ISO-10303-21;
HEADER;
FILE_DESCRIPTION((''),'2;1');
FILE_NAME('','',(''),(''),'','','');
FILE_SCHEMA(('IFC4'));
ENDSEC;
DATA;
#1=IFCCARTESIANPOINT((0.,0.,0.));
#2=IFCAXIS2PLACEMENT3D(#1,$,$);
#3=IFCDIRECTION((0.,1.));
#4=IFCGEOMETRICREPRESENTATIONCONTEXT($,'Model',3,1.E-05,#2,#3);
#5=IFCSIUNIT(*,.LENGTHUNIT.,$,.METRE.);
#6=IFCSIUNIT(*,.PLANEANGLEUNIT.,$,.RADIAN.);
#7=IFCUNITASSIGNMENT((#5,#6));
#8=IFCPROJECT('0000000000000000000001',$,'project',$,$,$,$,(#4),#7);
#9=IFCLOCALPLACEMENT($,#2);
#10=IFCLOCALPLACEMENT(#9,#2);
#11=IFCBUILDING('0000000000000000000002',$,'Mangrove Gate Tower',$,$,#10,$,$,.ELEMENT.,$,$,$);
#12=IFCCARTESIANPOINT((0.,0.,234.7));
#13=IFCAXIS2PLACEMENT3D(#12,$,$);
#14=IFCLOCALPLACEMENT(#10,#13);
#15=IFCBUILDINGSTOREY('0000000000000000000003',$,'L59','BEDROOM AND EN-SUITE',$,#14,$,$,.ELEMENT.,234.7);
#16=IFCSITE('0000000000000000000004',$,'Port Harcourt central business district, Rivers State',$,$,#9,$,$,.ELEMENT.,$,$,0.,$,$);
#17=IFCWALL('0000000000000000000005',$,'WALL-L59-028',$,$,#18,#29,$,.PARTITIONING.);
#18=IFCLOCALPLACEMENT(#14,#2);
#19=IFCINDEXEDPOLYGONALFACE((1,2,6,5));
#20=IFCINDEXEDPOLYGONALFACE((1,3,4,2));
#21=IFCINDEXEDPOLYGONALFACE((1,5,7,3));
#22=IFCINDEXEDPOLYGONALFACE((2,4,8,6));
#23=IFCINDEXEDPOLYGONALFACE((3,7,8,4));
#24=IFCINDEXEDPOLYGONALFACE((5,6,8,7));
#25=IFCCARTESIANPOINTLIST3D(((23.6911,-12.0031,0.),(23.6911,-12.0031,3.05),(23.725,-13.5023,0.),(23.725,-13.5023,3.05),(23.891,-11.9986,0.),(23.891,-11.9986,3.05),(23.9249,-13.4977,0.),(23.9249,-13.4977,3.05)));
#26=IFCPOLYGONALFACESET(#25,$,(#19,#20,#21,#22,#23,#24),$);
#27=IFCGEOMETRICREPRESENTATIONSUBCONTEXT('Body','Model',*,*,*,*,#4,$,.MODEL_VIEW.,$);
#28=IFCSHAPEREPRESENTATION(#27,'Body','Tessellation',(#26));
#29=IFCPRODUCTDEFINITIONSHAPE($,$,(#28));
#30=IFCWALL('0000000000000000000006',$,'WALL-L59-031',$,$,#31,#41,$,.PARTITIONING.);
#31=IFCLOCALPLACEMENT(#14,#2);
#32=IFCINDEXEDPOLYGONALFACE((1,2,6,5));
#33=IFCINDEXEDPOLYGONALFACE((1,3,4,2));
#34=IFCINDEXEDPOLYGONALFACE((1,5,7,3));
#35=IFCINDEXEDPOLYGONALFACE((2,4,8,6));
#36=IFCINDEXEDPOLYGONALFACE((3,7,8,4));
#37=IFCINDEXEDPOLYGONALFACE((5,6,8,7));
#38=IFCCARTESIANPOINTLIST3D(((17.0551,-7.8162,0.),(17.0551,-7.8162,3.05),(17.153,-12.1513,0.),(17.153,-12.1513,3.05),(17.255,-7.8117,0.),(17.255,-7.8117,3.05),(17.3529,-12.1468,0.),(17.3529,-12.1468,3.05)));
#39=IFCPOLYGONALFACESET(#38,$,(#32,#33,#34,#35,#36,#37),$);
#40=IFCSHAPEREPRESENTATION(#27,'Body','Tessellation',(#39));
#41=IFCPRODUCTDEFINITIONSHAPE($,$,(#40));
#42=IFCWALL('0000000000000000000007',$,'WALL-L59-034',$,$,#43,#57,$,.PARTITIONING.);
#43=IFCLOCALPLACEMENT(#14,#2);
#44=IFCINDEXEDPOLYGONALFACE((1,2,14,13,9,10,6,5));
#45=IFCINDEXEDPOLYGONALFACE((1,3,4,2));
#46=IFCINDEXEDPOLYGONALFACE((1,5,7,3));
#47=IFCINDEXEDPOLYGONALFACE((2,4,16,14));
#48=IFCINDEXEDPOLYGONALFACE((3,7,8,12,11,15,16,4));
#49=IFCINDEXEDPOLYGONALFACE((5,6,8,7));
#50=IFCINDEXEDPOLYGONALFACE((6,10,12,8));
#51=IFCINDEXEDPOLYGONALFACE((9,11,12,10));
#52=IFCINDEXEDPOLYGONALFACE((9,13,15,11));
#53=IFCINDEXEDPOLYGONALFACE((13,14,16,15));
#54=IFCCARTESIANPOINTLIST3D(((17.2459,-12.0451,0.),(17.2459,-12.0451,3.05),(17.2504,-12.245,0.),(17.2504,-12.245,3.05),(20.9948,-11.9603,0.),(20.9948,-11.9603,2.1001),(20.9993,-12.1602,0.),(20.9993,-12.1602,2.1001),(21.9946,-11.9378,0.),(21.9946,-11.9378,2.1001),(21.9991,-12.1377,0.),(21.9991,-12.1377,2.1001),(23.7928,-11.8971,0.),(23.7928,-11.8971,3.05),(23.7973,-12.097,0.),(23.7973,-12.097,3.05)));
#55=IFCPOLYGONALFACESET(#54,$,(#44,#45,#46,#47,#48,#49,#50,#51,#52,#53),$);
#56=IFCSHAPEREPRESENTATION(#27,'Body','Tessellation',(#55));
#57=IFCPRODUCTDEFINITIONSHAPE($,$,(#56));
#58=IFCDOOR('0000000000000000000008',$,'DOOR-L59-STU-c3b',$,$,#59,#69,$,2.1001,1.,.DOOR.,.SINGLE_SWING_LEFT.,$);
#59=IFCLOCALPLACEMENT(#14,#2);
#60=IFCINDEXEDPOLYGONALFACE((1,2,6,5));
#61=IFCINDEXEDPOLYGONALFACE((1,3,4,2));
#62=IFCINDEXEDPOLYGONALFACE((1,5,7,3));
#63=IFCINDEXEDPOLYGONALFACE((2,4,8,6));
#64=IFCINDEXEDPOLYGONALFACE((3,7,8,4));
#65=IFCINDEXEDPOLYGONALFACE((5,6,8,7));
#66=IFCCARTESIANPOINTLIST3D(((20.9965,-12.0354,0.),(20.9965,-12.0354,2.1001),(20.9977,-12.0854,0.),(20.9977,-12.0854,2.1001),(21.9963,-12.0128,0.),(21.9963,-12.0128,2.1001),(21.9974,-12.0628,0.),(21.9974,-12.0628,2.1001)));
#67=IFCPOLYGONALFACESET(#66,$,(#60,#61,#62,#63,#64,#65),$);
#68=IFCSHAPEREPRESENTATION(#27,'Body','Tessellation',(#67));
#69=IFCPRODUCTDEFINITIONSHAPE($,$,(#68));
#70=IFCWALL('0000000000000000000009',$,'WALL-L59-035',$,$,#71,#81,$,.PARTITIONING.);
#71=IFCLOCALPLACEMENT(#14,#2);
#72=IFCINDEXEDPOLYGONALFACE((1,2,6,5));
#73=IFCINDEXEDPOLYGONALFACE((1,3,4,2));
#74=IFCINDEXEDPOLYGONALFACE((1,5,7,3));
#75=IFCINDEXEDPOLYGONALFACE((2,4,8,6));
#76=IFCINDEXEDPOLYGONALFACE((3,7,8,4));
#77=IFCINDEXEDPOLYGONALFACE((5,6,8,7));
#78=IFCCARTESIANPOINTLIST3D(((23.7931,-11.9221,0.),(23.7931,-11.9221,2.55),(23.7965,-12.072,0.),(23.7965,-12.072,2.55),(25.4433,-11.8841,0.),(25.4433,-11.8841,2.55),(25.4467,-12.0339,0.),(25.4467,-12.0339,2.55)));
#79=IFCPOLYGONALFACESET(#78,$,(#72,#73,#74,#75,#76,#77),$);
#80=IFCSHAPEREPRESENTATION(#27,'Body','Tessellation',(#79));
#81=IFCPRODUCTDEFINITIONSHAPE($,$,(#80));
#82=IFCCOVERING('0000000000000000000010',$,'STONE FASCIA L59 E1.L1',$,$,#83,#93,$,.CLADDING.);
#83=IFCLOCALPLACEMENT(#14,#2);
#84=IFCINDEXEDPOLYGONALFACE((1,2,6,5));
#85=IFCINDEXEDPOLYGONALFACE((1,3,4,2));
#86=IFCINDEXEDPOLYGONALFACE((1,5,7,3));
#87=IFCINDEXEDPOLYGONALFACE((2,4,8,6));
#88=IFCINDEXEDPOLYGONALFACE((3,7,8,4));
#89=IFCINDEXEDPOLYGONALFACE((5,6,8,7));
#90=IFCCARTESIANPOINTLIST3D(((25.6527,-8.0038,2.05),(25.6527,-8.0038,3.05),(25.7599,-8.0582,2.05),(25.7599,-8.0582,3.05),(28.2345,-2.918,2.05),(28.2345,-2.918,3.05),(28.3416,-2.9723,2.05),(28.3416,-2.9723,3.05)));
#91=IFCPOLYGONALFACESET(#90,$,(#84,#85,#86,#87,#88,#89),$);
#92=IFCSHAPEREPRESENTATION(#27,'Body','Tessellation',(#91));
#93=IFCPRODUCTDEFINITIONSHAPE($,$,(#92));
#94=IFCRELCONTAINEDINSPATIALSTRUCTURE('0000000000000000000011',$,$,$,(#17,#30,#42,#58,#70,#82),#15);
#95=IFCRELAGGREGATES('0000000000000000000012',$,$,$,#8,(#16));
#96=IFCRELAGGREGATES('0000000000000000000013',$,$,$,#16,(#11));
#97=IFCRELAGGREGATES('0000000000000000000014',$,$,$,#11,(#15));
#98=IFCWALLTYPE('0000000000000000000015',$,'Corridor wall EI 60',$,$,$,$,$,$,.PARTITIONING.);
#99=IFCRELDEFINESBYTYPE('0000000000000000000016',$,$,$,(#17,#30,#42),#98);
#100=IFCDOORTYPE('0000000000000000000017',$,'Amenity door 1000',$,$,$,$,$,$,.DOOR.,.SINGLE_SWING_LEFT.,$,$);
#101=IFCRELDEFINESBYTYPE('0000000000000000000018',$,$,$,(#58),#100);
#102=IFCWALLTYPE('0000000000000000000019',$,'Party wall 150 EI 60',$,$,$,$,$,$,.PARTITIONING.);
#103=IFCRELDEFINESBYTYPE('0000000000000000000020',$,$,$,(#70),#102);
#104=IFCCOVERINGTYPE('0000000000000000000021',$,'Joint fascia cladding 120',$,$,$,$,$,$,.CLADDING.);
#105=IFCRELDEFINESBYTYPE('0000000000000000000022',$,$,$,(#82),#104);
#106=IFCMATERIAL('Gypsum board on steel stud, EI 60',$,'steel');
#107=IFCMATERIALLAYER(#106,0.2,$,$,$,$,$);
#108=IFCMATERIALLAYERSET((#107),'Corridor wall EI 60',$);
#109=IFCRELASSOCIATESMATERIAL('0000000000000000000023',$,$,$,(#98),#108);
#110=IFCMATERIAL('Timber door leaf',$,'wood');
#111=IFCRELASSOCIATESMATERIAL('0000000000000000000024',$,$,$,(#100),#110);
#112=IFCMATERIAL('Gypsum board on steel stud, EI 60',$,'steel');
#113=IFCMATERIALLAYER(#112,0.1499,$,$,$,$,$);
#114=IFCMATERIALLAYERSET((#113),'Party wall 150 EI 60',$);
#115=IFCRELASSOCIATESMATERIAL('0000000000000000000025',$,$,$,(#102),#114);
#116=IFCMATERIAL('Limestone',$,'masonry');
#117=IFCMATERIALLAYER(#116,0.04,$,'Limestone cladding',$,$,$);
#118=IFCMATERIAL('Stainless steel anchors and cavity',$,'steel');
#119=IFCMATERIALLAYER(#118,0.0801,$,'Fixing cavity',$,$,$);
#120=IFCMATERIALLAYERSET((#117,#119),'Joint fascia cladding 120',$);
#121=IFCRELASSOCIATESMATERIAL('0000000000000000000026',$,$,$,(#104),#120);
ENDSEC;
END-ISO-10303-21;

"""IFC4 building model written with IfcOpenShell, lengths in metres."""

from ifc_helpers import new_model, si_unit, direction, frame, frame_2d, origin, place, context, subcontext, project, spatial, rectangle, extrude, material, layer, layer_set, type_object, element, fill, save


model = new_model("IFC4")

# Units and contexts
model_context = context("Model", 3, precision=1e-05, world=origin(), true_north=direction((0.0, 1.0)))
body_context = subcontext(model_context, "Body", "Model", "MODEL_VIEW")
ifc_project = project(units=[si_unit("LENGTHUNIT", "METRE"), si_unit("PLANEANGLEUNIT", "RADIAN")], contexts=[model_context])

# Site, building, storey
site_placement = place(None, origin())
site = spatial("IfcSite", under=ifc_project, at=site_placement, Name="Port Harcourt central business district, Rivers State", CompositionType="ELEMENT", RefElevation=0.0)
building_placement = place(site_placement, origin())
building = spatial("IfcBuilding", under=site, at=building_placement, Name="Mangrove Gate Tower", CompositionType="ELEMENT")
storey_placement = place(building_placement, frame((0.0, 0.0, 234.7)))
storey = spatial("IfcBuildingStorey", under=building, at=storey_placement, Name="L59", Description="BEDROOM AND EN-SUITE", CompositionType="ELEMENT", Elevation=234.7)

# Walls
ifc_material_1 = material(Name="Gypsum board on steel stud, EI 60", Category="steel")
ifc_layer_1 = layer(ifc_material_1, 0.2)
ifc_layer_set_1 = layer_set([ifc_layer_1], Name="Corridor wall EI 60")
wall_type_1 = type_object("IfcWallType", Name="Corridor wall EI 60", PredefinedType="PARTITIONING", material=ifc_layer_set_1)
wall_1_placement = place(storey_placement, frame((23.825, -13.5, 0.0), z_axis=(0.0, 0.0, 1.0), x_axis=(-0.022633, 0.999744, 0.0)))
element("IfcWall", 1, at=wall_1_placement, inside=storey, type_object=wall_type_1, Name="WALL-L59-028", PredefinedType="PARTITIONING", context=body_context, shape_type="SweptSolid", body=[
    extrude(rectangle(XDim=1.4995, YDim=0.2, at=frame_2d((0.7498, 0.0))), origin(), (0.0, 0.0, 1.0), 3.05),
])
wall_2_placement = place(storey_placement, frame((17.2529, -12.1489, 0.0), z_axis=(0.0, 0.0, 1.0), x_axis=(-0.022578, 0.999745, 0.0)))
element("IfcWall", 2, at=wall_2_placement, inside=storey, type_object=wall_type_1, Name="WALL-L59-031", PredefinedType="PARTITIONING", context=body_context, shape_type="SweptSolid", body=[
    extrude(rectangle(XDim=4.3362, YDim=0.2, at=frame_2d((2.168, 0.0))), origin(), (0.0, 0.0, 1.0), 3.05),
])

# Wall, opening, door
wall_3_placement = place(storey_placement, frame((17.248, -12.145, 0.0), z_axis=(0.0, 0.0, 1.0), x_axis=(0.999745, 0.022593, 0.0)))
wall_3 = element("IfcWall", 3, at=wall_3_placement, inside=storey, type_object=wall_type_1, Name="WALL-L59-034", PredefinedType="PARTITIONING", context=body_context, shape_type="SweptSolid", body=[
    extrude(rectangle(XDim=6.5486, YDim=0.2, at=frame_2d((3.2744, 0.0))), origin(), (0.0, 0.0, 1.0), 3.05),
])
opening_1_placement = place(wall_3_placement, frame((3.75, 0.0, 0.0)))
opening_1 = element("IfcOpeningElement", 4, at=opening_1_placement, cuts=wall_3, PredefinedType="OPENING", context=body_context, shape_type="SweptSolid", body=[
    extrude(rectangle(XDim=1.0, YDim=2.1001, at=frame_2d((0.5, 1.05))), frame((0.0, 0.1099, 0.0), z_axis=(0.0, -1.0, 0.0), x_axis=(1.0, 0.0, 0.0)), (0.0, 0.0, 1.0), 0.22),
])
ifc_material_2 = material(Name="Timber door leaf", Category="wood")
door_type_1 = type_object("IfcDoorType", Name="Amenity door 1000", OperationType="SINGLE_SWING_LEFT", PredefinedType="DOOR", material=ifc_material_2)
door_1_placement = place(opening_1_placement, origin())
door_1 = element("IfcDoor", 5, at=door_1_placement, inside=storey, type_object=door_type_1, Name="DOOR-L59-STU-c3b", OperationType="SINGLE_SWING_LEFT", OverallHeight=2.1001, OverallWidth=1.0, PredefinedType="DOOR", context=body_context, shape_type="SweptSolid", body=[
    extrude(rectangle(XDim=1.0, YDim=2.1001, at=frame_2d((0.5, 1.05))), frame((0.0, 0.0249, 0.0), z_axis=(0.0, -1.0, 0.0), x_axis=(1.0, 0.0, 0.0)), (0.0, 0.0, 1.0), 0.05),
])
fill(opening_1, door_1)

# Wall
ifc_material_3 = material(Name="Gypsum board on steel stud, EI 60", Category="steel")
ifc_layer_2 = layer(ifc_material_3, 0.1499)
ifc_layer_set_2 = layer_set([ifc_layer_2], Name="Party wall 150 EI 60")
wall_type_2 = type_object("IfcWallType", Name="Party wall 150 EI 60", PredefinedType="PARTITIONING", material=ifc_layer_set_2)
wall_4_placement = place(storey_placement, frame((23.7949, -11.9971, 0.0), z_axis=(0.0, 0.0, 1.0), x_axis=(0.999734, 0.023074, 0.0)))
element("IfcWall", 6, at=wall_4_placement, inside=storey, type_object=wall_type_2, Name="WALL-L59-035", PredefinedType="PARTITIONING", context=body_context, shape_type="SweptSolid", body=[
    extrude(rectangle(XDim=1.6506, YDim=0.1499, at=frame_2d((0.8252, 0.0))), origin(), (0.0, 0.0, 1.0), 2.55),
])

# Covering
ifc_material_4 = material(Name="Limestone", Category="masonry")
ifc_layer_3 = layer(ifc_material_4, 0.04, Name="Limestone cladding")
ifc_material_5 = material(Name="Stainless steel anchors and cavity", Category="steel")
ifc_layer_4 = layer(ifc_material_5, 0.0801, Name="Fixing cavity")
ifc_layer_set_3 = layer_set([ifc_layer_3, ifc_layer_4], Name="Joint fascia cladding 120")
covering_type = type_object("IfcCoveringType", Name="Joint fascia cladding 120", PredefinedType="CLADDING", material=ifc_layer_set_3)
covering_placement = place(storey_placement, frame((25.7063, -8.031, 2.05), z_axis=(0.0, 0.0, 1.0), x_axis=(0.45265, 0.891688, 0.0)))
element("IfcCovering", 7, at=covering_placement, inside=storey, type_object=covering_type, Name="STONE FASCIA L59 E1.L1", PredefinedType="CLADDING", context=body_context, shape_type="SweptSolid", body=[
    extrude(rectangle(XDim=5.7036, YDim=0.1201, at=frame_2d((2.8518, 0.0))), origin(), (0.0, 0.0, 1.0), 1.0),
])

save(model, "model.ifc")
